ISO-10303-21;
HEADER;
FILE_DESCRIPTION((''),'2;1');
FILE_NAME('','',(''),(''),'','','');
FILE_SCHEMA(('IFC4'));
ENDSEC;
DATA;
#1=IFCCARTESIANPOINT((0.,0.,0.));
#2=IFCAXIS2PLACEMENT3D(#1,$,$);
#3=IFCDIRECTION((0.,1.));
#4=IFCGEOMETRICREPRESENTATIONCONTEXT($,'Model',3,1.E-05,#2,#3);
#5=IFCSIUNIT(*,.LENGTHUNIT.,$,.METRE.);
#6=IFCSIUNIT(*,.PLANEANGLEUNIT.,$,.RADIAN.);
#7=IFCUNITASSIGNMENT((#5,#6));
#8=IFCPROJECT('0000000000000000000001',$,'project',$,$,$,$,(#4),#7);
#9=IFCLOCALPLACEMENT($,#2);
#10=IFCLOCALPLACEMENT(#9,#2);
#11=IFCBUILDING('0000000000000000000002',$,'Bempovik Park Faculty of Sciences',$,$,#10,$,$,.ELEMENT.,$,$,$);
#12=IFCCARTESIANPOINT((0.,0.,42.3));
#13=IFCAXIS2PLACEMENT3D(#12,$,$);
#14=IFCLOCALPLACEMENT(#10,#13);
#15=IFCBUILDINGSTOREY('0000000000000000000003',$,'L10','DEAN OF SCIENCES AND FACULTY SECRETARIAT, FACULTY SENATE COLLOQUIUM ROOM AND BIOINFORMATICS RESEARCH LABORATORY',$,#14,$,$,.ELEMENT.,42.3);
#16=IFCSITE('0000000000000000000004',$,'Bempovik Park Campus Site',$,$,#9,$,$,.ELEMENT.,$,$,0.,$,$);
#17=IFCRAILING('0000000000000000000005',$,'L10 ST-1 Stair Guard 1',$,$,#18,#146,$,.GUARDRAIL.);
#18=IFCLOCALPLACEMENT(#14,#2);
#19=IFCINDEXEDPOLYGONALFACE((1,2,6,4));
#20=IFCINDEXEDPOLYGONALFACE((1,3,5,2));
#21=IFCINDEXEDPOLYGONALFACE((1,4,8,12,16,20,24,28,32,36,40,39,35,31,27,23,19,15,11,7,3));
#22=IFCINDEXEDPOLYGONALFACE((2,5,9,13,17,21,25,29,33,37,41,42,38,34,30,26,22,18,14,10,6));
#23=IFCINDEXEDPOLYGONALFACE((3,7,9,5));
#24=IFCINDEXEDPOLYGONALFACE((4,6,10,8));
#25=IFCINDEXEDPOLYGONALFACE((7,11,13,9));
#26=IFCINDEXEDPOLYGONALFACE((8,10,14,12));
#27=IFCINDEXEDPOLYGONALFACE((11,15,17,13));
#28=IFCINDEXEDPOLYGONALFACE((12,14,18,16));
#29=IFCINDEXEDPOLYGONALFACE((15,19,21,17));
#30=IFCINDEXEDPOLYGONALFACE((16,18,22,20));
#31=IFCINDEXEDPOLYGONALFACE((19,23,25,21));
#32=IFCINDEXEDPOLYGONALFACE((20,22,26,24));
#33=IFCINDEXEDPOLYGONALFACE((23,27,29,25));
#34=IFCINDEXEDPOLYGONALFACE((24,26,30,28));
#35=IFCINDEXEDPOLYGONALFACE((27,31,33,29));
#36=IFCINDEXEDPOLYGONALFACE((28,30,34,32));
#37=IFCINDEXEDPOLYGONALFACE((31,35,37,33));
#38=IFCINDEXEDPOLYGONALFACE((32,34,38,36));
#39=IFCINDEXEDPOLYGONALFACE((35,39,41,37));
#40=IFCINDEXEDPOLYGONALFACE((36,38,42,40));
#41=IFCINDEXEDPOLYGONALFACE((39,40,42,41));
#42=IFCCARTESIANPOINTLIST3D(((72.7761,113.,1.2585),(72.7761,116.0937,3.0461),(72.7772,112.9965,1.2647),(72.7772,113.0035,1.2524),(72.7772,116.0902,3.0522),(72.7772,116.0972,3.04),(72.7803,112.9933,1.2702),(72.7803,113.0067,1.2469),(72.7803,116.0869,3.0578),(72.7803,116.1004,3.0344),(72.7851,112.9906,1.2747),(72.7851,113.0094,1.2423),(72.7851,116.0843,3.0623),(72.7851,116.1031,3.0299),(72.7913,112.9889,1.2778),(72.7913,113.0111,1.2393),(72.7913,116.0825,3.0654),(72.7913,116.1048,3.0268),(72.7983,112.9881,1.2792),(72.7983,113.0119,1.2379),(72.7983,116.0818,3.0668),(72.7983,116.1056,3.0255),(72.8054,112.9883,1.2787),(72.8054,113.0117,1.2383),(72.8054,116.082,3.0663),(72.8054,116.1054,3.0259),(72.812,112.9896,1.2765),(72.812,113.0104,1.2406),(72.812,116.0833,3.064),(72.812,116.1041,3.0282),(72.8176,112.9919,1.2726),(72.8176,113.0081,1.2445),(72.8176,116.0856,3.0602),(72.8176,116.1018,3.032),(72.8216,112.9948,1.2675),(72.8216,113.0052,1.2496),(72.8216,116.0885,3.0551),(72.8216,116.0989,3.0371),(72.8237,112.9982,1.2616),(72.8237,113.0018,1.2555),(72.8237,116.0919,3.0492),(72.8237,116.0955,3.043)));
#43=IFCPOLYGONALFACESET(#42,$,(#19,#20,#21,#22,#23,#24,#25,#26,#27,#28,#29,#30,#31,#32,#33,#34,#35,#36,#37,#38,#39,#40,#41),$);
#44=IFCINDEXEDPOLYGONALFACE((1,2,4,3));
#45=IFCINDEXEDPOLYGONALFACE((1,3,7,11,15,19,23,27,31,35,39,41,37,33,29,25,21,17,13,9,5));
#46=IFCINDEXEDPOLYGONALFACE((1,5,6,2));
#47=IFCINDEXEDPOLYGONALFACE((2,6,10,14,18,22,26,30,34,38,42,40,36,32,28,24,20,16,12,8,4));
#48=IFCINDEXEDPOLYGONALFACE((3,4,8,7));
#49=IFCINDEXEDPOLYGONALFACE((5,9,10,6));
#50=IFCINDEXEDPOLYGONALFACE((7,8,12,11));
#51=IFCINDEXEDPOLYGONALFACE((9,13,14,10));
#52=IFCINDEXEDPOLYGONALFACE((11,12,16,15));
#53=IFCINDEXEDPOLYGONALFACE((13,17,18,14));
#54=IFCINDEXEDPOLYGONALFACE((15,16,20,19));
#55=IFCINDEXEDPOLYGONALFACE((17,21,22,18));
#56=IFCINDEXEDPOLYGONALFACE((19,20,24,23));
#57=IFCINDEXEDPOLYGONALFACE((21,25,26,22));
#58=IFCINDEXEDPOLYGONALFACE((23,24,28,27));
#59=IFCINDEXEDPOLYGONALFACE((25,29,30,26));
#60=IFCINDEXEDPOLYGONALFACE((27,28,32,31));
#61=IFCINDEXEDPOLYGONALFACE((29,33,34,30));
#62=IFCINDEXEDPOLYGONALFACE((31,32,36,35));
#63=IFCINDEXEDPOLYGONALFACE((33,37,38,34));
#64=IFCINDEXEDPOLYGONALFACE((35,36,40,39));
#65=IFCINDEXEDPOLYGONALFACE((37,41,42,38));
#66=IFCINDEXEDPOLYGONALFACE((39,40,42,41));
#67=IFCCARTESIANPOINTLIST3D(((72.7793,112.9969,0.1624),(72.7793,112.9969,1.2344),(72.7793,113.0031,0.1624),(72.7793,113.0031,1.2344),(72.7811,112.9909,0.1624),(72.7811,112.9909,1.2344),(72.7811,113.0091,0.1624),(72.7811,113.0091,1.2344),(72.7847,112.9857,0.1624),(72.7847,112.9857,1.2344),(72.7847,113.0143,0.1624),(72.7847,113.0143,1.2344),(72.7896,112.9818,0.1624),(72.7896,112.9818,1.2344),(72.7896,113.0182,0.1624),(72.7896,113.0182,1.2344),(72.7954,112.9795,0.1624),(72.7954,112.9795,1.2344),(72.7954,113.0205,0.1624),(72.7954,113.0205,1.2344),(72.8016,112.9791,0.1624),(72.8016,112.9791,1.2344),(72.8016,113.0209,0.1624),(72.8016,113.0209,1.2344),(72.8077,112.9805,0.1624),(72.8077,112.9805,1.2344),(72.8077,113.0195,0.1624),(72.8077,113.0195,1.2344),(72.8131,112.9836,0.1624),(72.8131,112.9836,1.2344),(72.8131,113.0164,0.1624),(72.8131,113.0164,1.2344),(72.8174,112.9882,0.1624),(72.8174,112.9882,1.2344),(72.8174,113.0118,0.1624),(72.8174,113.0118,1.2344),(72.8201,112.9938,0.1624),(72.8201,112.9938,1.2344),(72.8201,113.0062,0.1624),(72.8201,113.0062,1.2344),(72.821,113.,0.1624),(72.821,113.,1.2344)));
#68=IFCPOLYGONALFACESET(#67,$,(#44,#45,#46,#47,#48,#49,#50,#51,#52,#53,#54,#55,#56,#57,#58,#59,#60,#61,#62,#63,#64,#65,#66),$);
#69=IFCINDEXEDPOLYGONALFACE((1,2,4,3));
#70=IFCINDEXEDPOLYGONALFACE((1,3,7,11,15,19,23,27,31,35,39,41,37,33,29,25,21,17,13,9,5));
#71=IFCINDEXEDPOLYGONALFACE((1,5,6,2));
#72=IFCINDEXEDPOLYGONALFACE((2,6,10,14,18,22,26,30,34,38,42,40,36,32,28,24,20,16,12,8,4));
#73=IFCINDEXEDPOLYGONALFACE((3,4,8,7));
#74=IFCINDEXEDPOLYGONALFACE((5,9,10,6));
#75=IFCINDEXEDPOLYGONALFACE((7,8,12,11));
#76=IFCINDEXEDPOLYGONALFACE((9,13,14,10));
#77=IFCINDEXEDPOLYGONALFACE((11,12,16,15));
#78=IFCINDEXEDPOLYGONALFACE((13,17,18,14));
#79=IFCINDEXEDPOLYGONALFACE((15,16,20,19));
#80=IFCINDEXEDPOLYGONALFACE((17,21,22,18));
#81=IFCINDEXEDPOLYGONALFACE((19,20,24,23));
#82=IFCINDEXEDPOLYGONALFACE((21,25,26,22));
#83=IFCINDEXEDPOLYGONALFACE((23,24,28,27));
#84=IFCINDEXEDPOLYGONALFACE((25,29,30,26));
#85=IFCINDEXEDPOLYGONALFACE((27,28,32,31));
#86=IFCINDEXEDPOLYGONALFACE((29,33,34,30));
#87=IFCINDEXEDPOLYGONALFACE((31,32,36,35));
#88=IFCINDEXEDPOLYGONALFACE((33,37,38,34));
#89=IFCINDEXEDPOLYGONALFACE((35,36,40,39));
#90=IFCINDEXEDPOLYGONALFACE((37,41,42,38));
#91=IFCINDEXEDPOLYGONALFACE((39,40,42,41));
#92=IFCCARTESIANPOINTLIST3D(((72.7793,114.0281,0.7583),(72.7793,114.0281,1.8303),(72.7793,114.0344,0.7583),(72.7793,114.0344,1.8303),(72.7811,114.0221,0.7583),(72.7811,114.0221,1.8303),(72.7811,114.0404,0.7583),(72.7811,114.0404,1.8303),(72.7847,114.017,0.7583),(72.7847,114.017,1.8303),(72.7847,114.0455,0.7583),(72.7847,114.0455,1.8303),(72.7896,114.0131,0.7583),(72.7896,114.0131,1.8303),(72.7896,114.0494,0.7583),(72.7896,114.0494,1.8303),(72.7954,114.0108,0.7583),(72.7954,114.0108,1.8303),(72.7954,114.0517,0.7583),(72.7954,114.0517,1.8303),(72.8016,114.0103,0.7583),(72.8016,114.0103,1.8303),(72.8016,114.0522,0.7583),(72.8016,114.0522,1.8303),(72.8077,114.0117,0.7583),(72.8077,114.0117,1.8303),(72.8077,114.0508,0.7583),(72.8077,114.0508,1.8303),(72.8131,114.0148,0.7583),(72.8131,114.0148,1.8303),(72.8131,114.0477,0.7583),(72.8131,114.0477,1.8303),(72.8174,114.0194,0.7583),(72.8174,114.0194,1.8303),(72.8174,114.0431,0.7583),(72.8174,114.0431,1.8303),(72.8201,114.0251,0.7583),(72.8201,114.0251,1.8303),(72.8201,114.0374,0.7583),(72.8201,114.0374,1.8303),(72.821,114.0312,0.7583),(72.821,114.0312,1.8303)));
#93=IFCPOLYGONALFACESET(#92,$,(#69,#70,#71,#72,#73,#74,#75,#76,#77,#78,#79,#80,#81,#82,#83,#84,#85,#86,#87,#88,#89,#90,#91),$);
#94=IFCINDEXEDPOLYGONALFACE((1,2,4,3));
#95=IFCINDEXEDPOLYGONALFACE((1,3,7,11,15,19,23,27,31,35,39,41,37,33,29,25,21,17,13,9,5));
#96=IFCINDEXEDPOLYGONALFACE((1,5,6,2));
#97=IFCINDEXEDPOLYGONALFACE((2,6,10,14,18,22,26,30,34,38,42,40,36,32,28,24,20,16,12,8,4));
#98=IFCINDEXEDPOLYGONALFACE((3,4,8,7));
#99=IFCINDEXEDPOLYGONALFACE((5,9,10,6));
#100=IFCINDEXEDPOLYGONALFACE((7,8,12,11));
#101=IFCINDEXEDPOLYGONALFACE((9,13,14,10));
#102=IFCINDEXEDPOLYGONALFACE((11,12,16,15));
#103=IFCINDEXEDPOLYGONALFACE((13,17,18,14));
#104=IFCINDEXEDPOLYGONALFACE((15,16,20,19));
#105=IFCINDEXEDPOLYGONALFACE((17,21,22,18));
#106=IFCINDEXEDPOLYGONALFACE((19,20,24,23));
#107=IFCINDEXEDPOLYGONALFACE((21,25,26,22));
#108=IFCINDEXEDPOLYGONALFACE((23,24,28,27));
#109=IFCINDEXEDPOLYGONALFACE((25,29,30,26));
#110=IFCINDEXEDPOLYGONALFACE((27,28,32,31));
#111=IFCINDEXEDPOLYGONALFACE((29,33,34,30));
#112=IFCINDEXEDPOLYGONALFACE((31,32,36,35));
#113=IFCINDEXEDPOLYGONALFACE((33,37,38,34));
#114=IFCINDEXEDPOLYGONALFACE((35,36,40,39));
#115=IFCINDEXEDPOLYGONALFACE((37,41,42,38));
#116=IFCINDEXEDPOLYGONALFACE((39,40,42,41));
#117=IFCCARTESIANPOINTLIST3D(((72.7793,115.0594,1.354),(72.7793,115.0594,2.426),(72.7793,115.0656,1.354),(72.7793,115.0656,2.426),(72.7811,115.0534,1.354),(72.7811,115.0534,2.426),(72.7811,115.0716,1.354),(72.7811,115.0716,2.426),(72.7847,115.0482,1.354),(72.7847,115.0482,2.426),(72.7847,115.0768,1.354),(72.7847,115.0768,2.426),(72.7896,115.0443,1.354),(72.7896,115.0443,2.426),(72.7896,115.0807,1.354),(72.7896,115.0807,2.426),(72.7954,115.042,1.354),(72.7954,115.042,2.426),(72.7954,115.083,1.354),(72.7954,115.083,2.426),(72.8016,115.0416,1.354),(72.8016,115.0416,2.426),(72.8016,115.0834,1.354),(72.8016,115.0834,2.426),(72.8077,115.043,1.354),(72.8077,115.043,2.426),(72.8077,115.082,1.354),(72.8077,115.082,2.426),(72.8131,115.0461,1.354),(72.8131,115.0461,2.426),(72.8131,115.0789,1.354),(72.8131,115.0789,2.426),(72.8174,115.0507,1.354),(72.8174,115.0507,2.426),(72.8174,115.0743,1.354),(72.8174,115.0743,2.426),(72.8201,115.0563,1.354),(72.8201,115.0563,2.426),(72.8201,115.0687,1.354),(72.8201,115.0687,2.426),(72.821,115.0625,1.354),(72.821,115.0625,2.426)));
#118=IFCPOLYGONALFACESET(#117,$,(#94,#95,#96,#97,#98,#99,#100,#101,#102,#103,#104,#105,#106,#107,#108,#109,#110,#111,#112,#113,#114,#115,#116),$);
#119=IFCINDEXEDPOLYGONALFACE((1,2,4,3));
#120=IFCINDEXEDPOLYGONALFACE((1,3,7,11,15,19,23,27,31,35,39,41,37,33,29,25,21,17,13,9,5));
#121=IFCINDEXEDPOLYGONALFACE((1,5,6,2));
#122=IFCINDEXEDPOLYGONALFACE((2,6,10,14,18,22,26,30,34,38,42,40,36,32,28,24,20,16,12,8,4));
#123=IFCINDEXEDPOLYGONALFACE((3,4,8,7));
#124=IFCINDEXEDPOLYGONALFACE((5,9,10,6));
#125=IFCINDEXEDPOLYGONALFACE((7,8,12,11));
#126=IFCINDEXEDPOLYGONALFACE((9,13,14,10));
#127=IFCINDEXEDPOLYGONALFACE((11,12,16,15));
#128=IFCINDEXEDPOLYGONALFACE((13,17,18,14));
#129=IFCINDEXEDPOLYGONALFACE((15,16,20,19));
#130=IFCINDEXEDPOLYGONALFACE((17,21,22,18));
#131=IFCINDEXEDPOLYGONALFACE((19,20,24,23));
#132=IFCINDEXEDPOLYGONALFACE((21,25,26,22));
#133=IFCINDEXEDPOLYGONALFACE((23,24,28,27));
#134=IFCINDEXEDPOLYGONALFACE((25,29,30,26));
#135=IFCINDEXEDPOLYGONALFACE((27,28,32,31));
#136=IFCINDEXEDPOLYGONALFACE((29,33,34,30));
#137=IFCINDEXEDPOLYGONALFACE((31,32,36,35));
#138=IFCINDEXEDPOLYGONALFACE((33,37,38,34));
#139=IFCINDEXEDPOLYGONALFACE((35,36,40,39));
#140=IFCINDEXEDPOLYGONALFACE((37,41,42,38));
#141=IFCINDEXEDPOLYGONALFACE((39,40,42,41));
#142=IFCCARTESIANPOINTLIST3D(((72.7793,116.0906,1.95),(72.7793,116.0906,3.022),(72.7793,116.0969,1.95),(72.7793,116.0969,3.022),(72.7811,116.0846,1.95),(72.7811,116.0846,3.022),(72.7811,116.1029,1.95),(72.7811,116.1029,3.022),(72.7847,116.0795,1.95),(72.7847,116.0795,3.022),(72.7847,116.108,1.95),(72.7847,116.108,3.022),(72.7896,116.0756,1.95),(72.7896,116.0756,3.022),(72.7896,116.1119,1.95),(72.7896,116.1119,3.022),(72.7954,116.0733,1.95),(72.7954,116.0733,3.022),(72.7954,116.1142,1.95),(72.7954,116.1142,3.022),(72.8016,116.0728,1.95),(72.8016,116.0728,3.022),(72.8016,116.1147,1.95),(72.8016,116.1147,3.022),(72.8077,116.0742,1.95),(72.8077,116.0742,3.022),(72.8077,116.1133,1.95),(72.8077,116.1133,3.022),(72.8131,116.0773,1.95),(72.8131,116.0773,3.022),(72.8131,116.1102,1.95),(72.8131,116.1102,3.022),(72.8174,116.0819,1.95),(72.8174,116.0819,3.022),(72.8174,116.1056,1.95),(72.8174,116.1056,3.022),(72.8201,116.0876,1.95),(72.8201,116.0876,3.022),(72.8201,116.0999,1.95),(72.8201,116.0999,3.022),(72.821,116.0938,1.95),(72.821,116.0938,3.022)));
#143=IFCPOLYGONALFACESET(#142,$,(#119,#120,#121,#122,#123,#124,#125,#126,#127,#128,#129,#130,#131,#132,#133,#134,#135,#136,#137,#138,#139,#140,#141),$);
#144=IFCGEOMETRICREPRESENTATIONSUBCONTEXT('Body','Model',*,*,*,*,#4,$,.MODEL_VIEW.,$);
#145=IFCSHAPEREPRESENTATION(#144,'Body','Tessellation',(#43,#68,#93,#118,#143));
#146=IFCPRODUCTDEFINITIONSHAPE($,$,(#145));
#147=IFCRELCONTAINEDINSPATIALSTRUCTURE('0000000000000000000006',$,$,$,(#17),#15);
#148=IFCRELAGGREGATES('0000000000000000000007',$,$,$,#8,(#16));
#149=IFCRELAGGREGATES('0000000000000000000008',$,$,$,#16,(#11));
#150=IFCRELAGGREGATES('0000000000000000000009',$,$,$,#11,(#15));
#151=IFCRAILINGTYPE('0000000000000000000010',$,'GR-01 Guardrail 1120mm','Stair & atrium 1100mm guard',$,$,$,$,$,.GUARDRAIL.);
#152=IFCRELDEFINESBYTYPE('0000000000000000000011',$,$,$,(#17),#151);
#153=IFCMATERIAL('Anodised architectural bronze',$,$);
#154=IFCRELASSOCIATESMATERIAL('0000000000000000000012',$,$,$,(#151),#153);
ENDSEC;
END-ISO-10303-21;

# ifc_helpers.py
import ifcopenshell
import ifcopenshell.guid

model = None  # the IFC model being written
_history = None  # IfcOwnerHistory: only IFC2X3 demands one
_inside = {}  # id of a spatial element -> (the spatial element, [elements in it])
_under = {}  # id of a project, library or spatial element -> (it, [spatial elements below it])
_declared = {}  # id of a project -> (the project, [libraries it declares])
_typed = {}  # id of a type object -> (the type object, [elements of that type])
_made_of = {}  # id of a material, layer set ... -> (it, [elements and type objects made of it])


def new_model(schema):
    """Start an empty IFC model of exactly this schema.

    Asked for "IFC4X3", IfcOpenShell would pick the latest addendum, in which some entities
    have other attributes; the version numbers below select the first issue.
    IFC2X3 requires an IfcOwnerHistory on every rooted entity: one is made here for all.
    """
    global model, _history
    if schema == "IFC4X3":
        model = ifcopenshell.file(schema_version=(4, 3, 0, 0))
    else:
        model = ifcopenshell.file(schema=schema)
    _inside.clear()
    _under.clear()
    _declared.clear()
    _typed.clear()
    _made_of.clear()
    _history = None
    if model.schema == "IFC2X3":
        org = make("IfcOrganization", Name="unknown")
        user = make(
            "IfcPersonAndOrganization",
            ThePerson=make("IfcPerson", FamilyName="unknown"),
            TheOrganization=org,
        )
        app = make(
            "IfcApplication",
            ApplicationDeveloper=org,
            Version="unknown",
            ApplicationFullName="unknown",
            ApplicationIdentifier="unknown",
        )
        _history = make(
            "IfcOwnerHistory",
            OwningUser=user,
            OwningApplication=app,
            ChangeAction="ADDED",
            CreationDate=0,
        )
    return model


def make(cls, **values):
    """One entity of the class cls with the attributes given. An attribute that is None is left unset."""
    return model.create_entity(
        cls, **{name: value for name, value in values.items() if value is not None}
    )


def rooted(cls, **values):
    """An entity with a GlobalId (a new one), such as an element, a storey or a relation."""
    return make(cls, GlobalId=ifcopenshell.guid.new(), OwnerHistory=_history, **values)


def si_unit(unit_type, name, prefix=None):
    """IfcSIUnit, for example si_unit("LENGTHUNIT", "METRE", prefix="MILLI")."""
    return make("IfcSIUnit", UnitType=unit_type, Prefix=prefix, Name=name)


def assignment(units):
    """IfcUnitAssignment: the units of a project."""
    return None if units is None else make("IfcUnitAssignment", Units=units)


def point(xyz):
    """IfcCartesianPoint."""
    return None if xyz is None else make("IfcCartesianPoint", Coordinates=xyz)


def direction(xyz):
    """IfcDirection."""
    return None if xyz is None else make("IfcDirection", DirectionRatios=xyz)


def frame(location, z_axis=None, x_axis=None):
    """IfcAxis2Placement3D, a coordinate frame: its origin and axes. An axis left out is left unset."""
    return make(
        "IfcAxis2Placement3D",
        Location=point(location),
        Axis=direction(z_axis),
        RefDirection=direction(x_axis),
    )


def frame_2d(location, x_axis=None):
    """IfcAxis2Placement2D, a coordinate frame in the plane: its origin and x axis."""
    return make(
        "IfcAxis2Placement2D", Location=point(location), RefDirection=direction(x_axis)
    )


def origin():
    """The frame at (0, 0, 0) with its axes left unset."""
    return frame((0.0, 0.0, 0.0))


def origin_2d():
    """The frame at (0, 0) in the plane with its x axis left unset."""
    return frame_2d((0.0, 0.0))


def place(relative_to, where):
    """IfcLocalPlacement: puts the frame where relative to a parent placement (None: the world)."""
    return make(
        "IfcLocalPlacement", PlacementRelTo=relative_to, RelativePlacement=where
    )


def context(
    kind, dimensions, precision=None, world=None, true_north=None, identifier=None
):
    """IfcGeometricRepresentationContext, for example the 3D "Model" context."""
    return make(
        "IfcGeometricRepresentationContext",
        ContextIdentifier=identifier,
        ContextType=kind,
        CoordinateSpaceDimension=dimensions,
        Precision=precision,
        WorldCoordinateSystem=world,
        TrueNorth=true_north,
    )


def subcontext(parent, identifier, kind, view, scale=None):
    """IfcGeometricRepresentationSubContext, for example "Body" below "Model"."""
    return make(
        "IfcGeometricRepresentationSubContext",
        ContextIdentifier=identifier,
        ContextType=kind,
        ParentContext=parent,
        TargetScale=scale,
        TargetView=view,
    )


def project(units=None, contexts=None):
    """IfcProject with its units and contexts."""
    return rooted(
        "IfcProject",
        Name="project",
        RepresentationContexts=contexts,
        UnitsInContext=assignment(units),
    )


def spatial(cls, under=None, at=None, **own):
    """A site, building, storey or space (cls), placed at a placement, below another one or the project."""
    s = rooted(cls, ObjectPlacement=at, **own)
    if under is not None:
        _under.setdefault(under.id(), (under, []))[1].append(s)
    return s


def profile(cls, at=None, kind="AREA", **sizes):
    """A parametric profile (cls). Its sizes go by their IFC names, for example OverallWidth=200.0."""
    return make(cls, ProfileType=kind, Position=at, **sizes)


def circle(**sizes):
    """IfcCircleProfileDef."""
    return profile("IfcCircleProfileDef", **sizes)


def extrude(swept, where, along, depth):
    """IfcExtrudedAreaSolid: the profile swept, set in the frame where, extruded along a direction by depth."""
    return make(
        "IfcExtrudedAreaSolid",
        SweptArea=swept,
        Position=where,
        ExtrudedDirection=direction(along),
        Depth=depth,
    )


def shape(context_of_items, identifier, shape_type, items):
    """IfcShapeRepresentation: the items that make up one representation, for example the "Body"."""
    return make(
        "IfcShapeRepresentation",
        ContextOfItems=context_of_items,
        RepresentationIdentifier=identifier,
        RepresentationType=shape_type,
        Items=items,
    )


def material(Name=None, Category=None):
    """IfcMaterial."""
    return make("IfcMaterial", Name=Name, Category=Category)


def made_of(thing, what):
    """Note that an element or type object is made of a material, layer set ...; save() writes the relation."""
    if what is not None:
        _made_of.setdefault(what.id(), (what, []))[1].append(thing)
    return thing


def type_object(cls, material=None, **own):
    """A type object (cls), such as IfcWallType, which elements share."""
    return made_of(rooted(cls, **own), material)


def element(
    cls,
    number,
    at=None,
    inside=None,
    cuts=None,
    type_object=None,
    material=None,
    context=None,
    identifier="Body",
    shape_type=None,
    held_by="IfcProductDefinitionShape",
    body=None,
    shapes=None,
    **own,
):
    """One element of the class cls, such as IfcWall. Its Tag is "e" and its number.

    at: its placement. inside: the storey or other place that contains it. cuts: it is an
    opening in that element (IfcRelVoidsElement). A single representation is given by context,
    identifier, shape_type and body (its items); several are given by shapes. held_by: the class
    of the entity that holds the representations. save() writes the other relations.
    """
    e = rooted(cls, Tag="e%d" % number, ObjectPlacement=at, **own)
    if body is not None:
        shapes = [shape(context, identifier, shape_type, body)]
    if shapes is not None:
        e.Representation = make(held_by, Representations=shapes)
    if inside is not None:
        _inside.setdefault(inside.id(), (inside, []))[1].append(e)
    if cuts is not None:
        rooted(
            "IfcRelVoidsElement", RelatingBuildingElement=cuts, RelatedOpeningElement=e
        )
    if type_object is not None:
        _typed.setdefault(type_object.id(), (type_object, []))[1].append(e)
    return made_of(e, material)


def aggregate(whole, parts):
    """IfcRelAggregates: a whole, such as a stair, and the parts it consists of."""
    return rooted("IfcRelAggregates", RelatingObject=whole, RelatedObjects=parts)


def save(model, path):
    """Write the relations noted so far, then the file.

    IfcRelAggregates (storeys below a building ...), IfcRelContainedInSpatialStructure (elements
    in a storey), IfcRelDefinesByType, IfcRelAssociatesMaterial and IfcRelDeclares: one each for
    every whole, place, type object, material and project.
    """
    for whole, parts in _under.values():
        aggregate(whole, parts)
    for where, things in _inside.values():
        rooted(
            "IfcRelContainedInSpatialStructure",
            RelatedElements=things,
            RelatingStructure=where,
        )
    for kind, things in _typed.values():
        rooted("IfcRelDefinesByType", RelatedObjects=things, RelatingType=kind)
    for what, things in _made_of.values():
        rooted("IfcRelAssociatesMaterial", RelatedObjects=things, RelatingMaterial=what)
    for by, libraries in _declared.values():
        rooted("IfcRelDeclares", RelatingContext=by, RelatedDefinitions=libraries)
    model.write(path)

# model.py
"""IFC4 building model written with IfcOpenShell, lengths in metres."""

from ifc_helpers import new_model, si_unit, direction, frame, origin, origin_2d, place, context, subcontext, project, spatial, circle, extrude, material, type_object, element, save


model = new_model("IFC4")

# Units and contexts
model_context = context("Model", 3, precision=1e-05, world=origin(), true_north=direction((0.0, 1.0)))
body_context = subcontext(model_context, "Body", "Model", "MODEL_VIEW")
ifc_project = project(units=[si_unit("LENGTHUNIT", "METRE"), si_unit("PLANEANGLEUNIT", "RADIAN")], contexts=[model_context])

# Site, building, storey
site_placement = place(None, origin())
site = spatial("IfcSite", under=ifc_project, at=site_placement, Name="Bempovik Park Campus Site", CompositionType="ELEMENT", RefElevation=0.0)
building_placement = place(site_placement, origin())
building = spatial("IfcBuilding", under=site, at=building_placement, Name="Bempovik Park Faculty of Sciences", CompositionType="ELEMENT")
storey_placement = place(building_placement, frame((0.0, 0.0, 42.3)))
storey = spatial("IfcBuildingStorey", under=building, at=storey_placement, Name="L10", Description="DEAN OF SCIENCES AND FACULTY SECRETARIAT, FACULTY SENATE COLLOQUIUM ROOM AND BIOINFORMATICS RESEARCH LABORATORY", CompositionType="ELEMENT", Elevation=42.3)

# Railing
ifc_material_1 = material(Name="Anodised architectural bronze")
railing_type_1 = type_object("IfcRailingType", Name="GR-01 Guardrail 1120mm", Description="Stair & atrium 1100mm guard", PredefinedType="GUARDRAIL", material=ifc_material_1)
railing_1_placement = place(storey_placement, frame((72.8, 113.0, 0.1624)))
element("IfcRailing", 1, at=railing_1_placement, inside=storey, type_object=railing_type_1, Name="L10 ST-1 Stair Guard 1", PredefinedType="GUARDRAIL", context=body_context, shape_type="SweptSolid", body=[
    extrude(circle(Radius=0.0239, at=origin_2d()), frame((0.0, 0.0, 1.0962), z_axis=(0.0, 0.865853, 0.500298), x_axis=(-1.0, 0.0, 0.0)), (0.0, 0.0, 1.0), 3.573),
    extrude(circle(Radius=0.021, at=origin_2d()), origin(), (0.0, 0.0, 1.0), 1.072),
    extrude(circle(Radius=0.021, at=origin_2d()), frame((0.0, 1.0312, 0.5959)), (0.0, 0.0, 1.0), 1.072),
    extrude(circle(Radius=0.021, at=origin_2d()), frame((0.0, 2.0625, 1.1917)), (0.0, 0.0, 1.0), 1.072),
    extrude(circle(Radius=0.021, at=origin_2d()), frame((0.0, 3.0938, 1.7876)), (0.0, 0.0, 1.0), 1.072),
])

save(model, "model.ifc")
